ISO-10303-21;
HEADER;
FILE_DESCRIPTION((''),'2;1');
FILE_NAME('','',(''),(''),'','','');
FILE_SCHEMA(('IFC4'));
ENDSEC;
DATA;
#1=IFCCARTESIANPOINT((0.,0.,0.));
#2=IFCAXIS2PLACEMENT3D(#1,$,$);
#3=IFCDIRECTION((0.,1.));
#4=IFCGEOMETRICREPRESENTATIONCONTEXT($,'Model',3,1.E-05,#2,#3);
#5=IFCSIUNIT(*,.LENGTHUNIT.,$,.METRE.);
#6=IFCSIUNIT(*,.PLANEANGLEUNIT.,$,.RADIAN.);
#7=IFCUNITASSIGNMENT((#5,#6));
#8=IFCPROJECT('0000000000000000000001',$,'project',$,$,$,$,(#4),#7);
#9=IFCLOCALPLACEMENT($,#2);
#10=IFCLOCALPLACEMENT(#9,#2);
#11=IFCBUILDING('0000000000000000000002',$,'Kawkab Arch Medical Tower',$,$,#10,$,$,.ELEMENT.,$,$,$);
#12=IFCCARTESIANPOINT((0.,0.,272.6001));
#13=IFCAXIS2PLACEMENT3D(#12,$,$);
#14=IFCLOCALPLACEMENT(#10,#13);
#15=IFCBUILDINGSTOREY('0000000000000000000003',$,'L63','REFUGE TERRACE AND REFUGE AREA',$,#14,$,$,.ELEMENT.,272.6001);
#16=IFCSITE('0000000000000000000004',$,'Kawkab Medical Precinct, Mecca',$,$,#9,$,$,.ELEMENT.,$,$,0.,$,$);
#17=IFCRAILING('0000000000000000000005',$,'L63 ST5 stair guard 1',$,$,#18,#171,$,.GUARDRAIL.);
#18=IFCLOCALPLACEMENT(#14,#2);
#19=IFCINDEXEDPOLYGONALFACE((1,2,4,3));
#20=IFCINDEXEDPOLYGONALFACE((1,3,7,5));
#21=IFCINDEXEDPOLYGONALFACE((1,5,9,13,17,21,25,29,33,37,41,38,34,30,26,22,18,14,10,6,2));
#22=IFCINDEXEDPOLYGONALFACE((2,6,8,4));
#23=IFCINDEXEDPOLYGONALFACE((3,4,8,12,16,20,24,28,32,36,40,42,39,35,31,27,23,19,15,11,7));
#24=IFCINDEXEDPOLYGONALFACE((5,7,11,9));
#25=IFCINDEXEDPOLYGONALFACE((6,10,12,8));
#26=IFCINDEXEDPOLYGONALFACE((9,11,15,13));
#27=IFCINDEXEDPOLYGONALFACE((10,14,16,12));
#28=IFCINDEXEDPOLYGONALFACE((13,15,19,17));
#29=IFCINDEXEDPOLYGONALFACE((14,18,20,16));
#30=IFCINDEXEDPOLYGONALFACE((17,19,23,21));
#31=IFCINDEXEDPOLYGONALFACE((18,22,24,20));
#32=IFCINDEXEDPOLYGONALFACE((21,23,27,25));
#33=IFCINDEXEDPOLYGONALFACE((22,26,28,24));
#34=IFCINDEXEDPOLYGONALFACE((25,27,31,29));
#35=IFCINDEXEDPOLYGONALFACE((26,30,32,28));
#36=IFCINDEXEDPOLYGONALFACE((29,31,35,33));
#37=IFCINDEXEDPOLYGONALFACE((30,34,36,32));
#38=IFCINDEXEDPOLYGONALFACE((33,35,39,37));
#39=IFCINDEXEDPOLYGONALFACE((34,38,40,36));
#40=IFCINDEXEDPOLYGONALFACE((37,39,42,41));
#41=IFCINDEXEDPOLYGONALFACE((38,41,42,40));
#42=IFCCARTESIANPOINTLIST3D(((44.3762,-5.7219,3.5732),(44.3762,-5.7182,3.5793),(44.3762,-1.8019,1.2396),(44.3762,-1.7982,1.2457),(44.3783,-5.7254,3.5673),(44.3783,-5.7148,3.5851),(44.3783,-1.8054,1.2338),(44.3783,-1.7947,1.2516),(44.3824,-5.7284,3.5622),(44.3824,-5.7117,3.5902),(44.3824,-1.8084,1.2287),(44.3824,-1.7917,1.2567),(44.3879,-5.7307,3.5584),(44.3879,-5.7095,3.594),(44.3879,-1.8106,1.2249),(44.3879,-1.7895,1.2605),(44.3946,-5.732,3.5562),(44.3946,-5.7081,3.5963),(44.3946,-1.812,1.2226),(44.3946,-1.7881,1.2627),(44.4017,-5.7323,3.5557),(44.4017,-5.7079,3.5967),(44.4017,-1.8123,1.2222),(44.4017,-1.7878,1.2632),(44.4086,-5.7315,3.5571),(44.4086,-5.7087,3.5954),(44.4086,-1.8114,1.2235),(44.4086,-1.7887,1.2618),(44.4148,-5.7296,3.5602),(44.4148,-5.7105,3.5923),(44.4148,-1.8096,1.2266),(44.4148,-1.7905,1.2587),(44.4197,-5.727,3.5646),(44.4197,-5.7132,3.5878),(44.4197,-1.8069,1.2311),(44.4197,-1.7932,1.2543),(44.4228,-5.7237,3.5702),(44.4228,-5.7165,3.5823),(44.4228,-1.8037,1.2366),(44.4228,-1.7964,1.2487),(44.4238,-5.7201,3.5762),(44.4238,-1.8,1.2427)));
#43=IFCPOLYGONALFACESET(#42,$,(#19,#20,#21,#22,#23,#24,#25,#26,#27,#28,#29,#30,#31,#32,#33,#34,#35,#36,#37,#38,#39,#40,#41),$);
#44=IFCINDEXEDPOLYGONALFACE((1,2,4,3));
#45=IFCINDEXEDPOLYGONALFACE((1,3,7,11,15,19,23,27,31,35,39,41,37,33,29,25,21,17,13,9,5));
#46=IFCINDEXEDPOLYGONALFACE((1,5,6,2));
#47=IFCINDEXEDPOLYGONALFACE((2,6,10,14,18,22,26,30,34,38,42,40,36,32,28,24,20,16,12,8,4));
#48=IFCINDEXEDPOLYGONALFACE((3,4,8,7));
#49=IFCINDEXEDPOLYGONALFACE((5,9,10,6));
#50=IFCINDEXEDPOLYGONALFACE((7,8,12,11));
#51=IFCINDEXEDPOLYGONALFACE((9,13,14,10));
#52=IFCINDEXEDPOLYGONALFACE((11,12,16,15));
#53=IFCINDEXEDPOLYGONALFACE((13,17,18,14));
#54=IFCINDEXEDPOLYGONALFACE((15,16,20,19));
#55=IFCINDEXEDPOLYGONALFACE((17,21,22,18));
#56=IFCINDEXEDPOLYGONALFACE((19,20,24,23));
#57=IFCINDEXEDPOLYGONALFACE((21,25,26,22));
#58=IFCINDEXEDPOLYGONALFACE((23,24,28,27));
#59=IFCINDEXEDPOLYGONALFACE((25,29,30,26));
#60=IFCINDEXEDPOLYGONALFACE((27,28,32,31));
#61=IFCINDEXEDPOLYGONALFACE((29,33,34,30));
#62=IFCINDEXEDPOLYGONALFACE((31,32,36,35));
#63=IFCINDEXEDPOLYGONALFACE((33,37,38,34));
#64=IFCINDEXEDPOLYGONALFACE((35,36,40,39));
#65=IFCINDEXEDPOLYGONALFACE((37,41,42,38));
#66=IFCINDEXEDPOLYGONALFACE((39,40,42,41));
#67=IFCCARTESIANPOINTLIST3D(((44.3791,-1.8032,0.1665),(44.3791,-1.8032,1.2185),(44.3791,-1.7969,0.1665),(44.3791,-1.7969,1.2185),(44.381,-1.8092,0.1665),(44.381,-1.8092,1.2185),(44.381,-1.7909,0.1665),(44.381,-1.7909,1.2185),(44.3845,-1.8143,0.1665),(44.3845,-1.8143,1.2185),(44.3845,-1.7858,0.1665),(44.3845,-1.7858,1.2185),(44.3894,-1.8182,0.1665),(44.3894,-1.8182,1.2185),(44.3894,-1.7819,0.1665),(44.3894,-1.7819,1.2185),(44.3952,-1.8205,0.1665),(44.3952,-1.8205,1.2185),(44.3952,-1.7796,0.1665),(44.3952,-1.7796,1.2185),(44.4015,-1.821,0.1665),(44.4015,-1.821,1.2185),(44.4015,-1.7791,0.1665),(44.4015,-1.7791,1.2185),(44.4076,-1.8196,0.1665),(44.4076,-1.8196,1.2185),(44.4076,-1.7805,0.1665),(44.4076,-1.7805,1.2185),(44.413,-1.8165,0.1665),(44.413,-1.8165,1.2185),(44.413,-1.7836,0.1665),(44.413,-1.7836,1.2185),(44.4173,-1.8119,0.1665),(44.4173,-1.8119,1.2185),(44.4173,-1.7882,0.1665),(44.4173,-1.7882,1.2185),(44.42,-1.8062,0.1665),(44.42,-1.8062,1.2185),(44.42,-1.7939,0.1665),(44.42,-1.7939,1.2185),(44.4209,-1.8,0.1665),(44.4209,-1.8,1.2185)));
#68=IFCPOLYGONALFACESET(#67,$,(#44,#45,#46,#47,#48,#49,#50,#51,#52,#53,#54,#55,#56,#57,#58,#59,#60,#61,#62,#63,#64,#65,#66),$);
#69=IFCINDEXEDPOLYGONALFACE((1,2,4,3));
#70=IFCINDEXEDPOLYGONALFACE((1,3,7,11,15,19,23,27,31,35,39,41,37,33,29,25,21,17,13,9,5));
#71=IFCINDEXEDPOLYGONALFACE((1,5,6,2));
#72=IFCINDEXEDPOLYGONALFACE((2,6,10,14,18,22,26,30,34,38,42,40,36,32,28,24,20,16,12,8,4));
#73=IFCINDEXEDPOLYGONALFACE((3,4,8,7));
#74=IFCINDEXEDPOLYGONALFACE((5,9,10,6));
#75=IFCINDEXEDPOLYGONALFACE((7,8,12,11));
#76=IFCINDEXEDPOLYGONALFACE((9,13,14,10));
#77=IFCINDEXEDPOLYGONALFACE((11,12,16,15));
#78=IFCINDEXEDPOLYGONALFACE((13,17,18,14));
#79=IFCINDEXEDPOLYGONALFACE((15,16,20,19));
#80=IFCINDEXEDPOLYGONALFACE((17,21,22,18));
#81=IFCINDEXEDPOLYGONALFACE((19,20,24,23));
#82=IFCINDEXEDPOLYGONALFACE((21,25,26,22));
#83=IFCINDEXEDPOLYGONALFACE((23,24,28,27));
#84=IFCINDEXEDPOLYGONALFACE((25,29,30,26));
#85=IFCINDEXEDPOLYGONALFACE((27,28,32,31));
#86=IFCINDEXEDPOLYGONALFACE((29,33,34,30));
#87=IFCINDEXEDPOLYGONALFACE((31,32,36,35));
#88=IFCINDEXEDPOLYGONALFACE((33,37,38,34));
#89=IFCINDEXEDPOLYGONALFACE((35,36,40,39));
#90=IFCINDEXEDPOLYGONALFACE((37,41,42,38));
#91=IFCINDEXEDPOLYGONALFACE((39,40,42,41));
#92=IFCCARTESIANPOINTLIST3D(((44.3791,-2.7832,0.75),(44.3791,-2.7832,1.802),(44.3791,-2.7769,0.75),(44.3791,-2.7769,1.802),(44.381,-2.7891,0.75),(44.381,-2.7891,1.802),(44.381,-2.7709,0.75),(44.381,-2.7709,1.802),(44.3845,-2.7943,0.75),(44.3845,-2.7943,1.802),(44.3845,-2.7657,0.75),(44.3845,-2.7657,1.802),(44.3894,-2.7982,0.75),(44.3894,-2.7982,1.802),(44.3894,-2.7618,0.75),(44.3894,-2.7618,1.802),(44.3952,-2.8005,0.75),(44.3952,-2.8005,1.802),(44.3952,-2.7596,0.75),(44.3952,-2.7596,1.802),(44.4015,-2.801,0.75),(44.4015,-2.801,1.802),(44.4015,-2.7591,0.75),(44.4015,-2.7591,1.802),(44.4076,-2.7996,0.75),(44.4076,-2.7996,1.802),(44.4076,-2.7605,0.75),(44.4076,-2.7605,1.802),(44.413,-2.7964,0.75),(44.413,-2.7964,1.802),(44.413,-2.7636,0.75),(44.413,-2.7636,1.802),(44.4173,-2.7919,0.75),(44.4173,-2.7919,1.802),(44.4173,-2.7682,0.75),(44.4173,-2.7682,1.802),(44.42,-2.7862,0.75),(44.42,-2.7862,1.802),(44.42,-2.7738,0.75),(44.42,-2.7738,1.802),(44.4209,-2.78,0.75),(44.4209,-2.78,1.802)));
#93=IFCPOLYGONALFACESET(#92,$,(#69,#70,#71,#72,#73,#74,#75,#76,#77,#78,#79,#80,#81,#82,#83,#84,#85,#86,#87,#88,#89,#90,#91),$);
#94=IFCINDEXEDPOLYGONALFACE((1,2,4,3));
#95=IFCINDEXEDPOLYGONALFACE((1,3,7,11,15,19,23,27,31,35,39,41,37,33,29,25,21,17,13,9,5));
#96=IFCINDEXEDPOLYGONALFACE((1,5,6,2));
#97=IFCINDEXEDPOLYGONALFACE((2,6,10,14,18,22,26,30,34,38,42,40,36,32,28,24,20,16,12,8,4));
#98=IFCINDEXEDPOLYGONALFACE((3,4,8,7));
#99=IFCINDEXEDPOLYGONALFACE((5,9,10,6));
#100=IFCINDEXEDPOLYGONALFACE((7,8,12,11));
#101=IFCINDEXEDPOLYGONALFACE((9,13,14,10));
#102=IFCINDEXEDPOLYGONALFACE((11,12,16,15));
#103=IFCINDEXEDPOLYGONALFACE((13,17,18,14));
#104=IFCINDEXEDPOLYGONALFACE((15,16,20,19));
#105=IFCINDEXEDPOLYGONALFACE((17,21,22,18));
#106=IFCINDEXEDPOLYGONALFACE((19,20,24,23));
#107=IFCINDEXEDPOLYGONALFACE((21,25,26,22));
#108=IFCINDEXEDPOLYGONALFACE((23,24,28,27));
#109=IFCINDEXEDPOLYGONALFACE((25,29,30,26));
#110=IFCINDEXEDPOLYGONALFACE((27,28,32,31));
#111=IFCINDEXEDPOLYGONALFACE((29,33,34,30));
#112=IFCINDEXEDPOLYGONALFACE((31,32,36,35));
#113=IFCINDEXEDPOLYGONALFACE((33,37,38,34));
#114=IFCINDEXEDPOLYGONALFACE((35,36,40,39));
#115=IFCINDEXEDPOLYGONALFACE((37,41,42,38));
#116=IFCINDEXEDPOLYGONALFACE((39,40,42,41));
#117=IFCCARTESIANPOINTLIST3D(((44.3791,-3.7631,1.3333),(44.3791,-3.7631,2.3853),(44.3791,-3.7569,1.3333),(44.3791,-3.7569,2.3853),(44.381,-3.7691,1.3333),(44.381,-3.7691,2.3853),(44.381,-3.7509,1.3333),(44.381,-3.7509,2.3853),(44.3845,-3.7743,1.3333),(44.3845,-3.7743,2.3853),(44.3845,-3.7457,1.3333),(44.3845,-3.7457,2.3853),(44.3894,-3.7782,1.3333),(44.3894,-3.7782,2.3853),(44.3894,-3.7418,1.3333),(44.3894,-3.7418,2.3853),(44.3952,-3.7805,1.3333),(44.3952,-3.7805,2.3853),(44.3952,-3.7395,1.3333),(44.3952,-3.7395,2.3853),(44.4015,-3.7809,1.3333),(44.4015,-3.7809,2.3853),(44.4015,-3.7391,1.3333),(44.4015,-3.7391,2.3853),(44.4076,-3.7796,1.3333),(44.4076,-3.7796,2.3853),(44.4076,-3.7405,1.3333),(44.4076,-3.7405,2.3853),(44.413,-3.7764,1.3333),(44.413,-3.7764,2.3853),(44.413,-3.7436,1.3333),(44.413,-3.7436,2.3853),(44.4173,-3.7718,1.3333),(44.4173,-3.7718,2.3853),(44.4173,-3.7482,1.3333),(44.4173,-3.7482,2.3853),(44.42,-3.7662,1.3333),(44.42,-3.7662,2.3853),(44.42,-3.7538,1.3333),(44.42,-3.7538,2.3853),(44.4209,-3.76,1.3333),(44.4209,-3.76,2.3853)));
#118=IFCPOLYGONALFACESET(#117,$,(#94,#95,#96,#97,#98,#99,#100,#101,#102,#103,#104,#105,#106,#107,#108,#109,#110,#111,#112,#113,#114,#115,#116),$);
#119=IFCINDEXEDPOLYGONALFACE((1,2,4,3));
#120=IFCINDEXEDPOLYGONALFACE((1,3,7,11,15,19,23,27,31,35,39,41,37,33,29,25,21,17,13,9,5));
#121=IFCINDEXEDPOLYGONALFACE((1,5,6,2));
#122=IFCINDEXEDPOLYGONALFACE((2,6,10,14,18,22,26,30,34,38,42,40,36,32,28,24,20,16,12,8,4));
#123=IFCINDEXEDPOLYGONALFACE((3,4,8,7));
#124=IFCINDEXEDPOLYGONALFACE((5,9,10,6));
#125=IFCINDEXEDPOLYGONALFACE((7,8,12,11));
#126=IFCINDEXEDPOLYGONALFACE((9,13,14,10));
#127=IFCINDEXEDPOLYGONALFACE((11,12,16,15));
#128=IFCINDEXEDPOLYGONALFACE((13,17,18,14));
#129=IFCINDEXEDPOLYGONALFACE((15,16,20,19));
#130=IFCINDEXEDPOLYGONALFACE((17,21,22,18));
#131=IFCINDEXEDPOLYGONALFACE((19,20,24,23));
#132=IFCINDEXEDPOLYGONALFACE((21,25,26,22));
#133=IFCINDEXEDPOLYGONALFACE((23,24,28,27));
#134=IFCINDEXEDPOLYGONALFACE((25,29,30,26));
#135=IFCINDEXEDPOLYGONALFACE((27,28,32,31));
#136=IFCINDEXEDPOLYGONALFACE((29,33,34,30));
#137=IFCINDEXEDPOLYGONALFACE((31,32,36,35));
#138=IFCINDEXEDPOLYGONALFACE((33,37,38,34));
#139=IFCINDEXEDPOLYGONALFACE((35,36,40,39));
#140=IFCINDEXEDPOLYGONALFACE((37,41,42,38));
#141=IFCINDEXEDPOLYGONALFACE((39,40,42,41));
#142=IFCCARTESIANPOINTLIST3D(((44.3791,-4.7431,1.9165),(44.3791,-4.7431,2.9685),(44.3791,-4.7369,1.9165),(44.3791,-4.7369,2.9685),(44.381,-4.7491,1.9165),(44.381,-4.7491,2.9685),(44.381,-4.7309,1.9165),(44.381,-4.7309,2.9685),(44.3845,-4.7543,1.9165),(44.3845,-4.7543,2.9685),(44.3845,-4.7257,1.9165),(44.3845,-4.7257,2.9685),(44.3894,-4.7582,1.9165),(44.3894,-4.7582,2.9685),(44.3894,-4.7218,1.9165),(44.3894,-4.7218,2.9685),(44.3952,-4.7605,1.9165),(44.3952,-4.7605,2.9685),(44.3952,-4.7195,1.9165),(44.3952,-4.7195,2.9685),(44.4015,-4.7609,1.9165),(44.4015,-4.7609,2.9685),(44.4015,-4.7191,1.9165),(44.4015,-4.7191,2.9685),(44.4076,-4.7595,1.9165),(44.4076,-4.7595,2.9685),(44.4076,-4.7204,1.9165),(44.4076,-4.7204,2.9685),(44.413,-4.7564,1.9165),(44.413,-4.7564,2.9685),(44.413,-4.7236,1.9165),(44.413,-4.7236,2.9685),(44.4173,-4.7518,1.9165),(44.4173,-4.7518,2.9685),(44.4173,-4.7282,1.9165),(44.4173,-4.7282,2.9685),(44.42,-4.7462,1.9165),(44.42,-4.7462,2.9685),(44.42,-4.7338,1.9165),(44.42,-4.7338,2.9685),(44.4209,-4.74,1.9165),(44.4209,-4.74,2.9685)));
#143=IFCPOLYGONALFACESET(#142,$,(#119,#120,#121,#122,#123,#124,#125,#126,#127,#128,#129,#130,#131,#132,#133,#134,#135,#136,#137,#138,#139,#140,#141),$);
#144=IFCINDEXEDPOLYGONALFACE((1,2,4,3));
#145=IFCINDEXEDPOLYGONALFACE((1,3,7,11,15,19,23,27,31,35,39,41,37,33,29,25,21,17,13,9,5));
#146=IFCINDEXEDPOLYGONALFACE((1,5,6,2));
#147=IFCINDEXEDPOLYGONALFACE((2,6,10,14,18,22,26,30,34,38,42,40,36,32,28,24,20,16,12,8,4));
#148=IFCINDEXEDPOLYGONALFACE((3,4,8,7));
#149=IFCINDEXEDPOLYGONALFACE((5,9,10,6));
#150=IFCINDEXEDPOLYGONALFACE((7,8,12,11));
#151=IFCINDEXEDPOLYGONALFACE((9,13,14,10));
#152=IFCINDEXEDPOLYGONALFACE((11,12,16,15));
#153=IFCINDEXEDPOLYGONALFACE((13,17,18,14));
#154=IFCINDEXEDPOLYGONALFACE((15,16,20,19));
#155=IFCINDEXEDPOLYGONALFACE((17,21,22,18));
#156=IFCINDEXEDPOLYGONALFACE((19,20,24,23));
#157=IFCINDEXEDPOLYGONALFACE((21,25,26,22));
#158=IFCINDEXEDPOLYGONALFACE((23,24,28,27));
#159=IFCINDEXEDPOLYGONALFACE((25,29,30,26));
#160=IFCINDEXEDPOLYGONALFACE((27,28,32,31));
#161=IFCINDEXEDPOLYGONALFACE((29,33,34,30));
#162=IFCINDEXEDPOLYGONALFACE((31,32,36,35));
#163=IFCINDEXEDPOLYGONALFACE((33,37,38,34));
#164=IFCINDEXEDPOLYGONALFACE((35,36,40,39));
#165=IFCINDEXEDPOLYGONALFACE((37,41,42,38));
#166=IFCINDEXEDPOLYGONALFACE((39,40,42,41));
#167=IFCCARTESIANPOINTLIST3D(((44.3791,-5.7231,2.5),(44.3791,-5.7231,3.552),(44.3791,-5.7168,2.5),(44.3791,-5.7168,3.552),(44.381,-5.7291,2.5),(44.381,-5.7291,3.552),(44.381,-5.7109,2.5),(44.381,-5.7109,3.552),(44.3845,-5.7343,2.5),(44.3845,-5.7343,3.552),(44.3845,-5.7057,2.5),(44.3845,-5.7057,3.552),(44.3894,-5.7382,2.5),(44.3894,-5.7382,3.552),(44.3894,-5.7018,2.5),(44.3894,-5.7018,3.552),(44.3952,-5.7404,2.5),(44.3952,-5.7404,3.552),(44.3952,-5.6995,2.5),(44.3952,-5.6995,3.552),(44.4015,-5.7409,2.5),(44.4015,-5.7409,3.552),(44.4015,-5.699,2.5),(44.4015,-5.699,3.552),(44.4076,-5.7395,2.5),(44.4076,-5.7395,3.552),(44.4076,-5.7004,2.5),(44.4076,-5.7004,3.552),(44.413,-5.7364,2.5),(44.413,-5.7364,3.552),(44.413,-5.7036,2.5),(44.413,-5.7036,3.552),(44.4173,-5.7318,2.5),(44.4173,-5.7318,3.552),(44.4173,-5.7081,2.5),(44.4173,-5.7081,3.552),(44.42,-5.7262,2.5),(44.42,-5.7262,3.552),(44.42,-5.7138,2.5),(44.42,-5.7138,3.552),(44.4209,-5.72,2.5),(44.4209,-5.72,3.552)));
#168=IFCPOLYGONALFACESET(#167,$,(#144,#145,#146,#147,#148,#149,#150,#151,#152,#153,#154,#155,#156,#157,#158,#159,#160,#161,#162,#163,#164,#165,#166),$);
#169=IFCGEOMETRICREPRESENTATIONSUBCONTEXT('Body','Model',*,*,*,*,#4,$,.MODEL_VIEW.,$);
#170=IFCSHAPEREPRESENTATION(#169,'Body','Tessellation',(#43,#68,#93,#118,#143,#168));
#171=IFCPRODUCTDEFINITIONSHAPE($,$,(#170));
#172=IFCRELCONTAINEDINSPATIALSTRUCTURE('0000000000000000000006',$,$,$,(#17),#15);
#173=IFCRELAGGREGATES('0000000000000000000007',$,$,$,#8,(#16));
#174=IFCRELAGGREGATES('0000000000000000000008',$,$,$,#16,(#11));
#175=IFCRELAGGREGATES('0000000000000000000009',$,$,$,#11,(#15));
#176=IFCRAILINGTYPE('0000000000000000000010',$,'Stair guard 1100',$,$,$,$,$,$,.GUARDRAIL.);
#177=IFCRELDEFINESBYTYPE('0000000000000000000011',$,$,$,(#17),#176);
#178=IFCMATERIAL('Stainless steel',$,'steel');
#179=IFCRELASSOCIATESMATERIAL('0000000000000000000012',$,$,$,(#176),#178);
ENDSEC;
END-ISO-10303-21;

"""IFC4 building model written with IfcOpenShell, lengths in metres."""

from ifc_helpers import new_model, si_unit, direction, frame, origin, origin_2d, place, context, subcontext, project, spatial, circle, extrude, material, type_object, element, save


model = new_model("IFC4")

# Units and contexts
model_context = context("Model", 3, precision=1e-05, world=origin(), true_north=direction((0.0, 1.0)))
body_context = subcontext(model_context, "Body", "Model", "MODEL_VIEW")
ifc_project = project(units=[si_unit("LENGTHUNIT", "METRE"), si_unit("PLANEANGLEUNIT", "RADIAN")], contexts=[model_context])

# Site, building, storey
site_placement = place(None, origin())
site = spatial("IfcSite", under=ifc_project, at=site_placement, Name="Kawkab Medical Precinct, Mecca", CompositionType="ELEMENT", RefElevation=0.0)
building_placement = place(site_placement, origin())
building = spatial("IfcBuilding", under=site, at=building_placement, Name="Kawkab Arch Medical Tower", CompositionType="ELEMENT")
storey_placement = place(building_placement, frame((0.0, 0.0, 272.6001)))
storey = spatial("IfcBuildingStorey", under=building, at=storey_placement, Name="L63", Description="REFUGE TERRACE AND REFUGE AREA", CompositionType="ELEMENT", Elevation=272.6001)

# Railing
ifc_material_1 = material(Name="Stainless steel", Category="steel")
railing_type_1 = type_object("IfcRailingType", Name="Stair guard 1100", PredefinedType="GUARDRAIL", material=ifc_material_1)
railing_1_placement = place(storey_placement, frame((44.3999, -1.8, 0.1665)))
element("IfcRailing", 1, at=railing_1_placement, inside=storey, type_object=railing_type_1, Name="L63 ST5 stair guard 1", PredefinedType="GUARDRAIL", context=body_context, shape_type="SweptSolid", body=[
    extrude(circle(Radius=0.0239, at=origin_2d()), frame((0.0, 0.0, 1.0762), z_axis=(0.0, -0.859273, 0.511518), x_axis=(1.0, 0.0, 0.0)), (0.0, 0.0, 1.0), 4.562),
    extrude(circle(Radius=0.021, at=origin_2d()), origin(), (0.0, 0.0, 1.0), 1.052),
    extrude(circle(Radius=0.021, at=origin_2d()), frame((0.0, -0.98, 0.5835)), (0.0, 0.0, 1.0), 1.052),
    extrude(circle(Radius=0.021, at=origin_2d()), frame((0.0, -1.96, 1.1667)), (0.0, 0.0, 1.0), 1.052),
    extrude(circle(Radius=0.021, at=origin_2d()), frame((0.0, -2.9399, 1.75)), (0.0, 0.0, 1.0), 1.052),
    extrude(circle(Radius=0.021, at=origin_2d()), frame((0.0, -3.9199, 2.3335)), (0.0, 0.0, 1.0), 1.052),
])

save(model, "model.ifc")
